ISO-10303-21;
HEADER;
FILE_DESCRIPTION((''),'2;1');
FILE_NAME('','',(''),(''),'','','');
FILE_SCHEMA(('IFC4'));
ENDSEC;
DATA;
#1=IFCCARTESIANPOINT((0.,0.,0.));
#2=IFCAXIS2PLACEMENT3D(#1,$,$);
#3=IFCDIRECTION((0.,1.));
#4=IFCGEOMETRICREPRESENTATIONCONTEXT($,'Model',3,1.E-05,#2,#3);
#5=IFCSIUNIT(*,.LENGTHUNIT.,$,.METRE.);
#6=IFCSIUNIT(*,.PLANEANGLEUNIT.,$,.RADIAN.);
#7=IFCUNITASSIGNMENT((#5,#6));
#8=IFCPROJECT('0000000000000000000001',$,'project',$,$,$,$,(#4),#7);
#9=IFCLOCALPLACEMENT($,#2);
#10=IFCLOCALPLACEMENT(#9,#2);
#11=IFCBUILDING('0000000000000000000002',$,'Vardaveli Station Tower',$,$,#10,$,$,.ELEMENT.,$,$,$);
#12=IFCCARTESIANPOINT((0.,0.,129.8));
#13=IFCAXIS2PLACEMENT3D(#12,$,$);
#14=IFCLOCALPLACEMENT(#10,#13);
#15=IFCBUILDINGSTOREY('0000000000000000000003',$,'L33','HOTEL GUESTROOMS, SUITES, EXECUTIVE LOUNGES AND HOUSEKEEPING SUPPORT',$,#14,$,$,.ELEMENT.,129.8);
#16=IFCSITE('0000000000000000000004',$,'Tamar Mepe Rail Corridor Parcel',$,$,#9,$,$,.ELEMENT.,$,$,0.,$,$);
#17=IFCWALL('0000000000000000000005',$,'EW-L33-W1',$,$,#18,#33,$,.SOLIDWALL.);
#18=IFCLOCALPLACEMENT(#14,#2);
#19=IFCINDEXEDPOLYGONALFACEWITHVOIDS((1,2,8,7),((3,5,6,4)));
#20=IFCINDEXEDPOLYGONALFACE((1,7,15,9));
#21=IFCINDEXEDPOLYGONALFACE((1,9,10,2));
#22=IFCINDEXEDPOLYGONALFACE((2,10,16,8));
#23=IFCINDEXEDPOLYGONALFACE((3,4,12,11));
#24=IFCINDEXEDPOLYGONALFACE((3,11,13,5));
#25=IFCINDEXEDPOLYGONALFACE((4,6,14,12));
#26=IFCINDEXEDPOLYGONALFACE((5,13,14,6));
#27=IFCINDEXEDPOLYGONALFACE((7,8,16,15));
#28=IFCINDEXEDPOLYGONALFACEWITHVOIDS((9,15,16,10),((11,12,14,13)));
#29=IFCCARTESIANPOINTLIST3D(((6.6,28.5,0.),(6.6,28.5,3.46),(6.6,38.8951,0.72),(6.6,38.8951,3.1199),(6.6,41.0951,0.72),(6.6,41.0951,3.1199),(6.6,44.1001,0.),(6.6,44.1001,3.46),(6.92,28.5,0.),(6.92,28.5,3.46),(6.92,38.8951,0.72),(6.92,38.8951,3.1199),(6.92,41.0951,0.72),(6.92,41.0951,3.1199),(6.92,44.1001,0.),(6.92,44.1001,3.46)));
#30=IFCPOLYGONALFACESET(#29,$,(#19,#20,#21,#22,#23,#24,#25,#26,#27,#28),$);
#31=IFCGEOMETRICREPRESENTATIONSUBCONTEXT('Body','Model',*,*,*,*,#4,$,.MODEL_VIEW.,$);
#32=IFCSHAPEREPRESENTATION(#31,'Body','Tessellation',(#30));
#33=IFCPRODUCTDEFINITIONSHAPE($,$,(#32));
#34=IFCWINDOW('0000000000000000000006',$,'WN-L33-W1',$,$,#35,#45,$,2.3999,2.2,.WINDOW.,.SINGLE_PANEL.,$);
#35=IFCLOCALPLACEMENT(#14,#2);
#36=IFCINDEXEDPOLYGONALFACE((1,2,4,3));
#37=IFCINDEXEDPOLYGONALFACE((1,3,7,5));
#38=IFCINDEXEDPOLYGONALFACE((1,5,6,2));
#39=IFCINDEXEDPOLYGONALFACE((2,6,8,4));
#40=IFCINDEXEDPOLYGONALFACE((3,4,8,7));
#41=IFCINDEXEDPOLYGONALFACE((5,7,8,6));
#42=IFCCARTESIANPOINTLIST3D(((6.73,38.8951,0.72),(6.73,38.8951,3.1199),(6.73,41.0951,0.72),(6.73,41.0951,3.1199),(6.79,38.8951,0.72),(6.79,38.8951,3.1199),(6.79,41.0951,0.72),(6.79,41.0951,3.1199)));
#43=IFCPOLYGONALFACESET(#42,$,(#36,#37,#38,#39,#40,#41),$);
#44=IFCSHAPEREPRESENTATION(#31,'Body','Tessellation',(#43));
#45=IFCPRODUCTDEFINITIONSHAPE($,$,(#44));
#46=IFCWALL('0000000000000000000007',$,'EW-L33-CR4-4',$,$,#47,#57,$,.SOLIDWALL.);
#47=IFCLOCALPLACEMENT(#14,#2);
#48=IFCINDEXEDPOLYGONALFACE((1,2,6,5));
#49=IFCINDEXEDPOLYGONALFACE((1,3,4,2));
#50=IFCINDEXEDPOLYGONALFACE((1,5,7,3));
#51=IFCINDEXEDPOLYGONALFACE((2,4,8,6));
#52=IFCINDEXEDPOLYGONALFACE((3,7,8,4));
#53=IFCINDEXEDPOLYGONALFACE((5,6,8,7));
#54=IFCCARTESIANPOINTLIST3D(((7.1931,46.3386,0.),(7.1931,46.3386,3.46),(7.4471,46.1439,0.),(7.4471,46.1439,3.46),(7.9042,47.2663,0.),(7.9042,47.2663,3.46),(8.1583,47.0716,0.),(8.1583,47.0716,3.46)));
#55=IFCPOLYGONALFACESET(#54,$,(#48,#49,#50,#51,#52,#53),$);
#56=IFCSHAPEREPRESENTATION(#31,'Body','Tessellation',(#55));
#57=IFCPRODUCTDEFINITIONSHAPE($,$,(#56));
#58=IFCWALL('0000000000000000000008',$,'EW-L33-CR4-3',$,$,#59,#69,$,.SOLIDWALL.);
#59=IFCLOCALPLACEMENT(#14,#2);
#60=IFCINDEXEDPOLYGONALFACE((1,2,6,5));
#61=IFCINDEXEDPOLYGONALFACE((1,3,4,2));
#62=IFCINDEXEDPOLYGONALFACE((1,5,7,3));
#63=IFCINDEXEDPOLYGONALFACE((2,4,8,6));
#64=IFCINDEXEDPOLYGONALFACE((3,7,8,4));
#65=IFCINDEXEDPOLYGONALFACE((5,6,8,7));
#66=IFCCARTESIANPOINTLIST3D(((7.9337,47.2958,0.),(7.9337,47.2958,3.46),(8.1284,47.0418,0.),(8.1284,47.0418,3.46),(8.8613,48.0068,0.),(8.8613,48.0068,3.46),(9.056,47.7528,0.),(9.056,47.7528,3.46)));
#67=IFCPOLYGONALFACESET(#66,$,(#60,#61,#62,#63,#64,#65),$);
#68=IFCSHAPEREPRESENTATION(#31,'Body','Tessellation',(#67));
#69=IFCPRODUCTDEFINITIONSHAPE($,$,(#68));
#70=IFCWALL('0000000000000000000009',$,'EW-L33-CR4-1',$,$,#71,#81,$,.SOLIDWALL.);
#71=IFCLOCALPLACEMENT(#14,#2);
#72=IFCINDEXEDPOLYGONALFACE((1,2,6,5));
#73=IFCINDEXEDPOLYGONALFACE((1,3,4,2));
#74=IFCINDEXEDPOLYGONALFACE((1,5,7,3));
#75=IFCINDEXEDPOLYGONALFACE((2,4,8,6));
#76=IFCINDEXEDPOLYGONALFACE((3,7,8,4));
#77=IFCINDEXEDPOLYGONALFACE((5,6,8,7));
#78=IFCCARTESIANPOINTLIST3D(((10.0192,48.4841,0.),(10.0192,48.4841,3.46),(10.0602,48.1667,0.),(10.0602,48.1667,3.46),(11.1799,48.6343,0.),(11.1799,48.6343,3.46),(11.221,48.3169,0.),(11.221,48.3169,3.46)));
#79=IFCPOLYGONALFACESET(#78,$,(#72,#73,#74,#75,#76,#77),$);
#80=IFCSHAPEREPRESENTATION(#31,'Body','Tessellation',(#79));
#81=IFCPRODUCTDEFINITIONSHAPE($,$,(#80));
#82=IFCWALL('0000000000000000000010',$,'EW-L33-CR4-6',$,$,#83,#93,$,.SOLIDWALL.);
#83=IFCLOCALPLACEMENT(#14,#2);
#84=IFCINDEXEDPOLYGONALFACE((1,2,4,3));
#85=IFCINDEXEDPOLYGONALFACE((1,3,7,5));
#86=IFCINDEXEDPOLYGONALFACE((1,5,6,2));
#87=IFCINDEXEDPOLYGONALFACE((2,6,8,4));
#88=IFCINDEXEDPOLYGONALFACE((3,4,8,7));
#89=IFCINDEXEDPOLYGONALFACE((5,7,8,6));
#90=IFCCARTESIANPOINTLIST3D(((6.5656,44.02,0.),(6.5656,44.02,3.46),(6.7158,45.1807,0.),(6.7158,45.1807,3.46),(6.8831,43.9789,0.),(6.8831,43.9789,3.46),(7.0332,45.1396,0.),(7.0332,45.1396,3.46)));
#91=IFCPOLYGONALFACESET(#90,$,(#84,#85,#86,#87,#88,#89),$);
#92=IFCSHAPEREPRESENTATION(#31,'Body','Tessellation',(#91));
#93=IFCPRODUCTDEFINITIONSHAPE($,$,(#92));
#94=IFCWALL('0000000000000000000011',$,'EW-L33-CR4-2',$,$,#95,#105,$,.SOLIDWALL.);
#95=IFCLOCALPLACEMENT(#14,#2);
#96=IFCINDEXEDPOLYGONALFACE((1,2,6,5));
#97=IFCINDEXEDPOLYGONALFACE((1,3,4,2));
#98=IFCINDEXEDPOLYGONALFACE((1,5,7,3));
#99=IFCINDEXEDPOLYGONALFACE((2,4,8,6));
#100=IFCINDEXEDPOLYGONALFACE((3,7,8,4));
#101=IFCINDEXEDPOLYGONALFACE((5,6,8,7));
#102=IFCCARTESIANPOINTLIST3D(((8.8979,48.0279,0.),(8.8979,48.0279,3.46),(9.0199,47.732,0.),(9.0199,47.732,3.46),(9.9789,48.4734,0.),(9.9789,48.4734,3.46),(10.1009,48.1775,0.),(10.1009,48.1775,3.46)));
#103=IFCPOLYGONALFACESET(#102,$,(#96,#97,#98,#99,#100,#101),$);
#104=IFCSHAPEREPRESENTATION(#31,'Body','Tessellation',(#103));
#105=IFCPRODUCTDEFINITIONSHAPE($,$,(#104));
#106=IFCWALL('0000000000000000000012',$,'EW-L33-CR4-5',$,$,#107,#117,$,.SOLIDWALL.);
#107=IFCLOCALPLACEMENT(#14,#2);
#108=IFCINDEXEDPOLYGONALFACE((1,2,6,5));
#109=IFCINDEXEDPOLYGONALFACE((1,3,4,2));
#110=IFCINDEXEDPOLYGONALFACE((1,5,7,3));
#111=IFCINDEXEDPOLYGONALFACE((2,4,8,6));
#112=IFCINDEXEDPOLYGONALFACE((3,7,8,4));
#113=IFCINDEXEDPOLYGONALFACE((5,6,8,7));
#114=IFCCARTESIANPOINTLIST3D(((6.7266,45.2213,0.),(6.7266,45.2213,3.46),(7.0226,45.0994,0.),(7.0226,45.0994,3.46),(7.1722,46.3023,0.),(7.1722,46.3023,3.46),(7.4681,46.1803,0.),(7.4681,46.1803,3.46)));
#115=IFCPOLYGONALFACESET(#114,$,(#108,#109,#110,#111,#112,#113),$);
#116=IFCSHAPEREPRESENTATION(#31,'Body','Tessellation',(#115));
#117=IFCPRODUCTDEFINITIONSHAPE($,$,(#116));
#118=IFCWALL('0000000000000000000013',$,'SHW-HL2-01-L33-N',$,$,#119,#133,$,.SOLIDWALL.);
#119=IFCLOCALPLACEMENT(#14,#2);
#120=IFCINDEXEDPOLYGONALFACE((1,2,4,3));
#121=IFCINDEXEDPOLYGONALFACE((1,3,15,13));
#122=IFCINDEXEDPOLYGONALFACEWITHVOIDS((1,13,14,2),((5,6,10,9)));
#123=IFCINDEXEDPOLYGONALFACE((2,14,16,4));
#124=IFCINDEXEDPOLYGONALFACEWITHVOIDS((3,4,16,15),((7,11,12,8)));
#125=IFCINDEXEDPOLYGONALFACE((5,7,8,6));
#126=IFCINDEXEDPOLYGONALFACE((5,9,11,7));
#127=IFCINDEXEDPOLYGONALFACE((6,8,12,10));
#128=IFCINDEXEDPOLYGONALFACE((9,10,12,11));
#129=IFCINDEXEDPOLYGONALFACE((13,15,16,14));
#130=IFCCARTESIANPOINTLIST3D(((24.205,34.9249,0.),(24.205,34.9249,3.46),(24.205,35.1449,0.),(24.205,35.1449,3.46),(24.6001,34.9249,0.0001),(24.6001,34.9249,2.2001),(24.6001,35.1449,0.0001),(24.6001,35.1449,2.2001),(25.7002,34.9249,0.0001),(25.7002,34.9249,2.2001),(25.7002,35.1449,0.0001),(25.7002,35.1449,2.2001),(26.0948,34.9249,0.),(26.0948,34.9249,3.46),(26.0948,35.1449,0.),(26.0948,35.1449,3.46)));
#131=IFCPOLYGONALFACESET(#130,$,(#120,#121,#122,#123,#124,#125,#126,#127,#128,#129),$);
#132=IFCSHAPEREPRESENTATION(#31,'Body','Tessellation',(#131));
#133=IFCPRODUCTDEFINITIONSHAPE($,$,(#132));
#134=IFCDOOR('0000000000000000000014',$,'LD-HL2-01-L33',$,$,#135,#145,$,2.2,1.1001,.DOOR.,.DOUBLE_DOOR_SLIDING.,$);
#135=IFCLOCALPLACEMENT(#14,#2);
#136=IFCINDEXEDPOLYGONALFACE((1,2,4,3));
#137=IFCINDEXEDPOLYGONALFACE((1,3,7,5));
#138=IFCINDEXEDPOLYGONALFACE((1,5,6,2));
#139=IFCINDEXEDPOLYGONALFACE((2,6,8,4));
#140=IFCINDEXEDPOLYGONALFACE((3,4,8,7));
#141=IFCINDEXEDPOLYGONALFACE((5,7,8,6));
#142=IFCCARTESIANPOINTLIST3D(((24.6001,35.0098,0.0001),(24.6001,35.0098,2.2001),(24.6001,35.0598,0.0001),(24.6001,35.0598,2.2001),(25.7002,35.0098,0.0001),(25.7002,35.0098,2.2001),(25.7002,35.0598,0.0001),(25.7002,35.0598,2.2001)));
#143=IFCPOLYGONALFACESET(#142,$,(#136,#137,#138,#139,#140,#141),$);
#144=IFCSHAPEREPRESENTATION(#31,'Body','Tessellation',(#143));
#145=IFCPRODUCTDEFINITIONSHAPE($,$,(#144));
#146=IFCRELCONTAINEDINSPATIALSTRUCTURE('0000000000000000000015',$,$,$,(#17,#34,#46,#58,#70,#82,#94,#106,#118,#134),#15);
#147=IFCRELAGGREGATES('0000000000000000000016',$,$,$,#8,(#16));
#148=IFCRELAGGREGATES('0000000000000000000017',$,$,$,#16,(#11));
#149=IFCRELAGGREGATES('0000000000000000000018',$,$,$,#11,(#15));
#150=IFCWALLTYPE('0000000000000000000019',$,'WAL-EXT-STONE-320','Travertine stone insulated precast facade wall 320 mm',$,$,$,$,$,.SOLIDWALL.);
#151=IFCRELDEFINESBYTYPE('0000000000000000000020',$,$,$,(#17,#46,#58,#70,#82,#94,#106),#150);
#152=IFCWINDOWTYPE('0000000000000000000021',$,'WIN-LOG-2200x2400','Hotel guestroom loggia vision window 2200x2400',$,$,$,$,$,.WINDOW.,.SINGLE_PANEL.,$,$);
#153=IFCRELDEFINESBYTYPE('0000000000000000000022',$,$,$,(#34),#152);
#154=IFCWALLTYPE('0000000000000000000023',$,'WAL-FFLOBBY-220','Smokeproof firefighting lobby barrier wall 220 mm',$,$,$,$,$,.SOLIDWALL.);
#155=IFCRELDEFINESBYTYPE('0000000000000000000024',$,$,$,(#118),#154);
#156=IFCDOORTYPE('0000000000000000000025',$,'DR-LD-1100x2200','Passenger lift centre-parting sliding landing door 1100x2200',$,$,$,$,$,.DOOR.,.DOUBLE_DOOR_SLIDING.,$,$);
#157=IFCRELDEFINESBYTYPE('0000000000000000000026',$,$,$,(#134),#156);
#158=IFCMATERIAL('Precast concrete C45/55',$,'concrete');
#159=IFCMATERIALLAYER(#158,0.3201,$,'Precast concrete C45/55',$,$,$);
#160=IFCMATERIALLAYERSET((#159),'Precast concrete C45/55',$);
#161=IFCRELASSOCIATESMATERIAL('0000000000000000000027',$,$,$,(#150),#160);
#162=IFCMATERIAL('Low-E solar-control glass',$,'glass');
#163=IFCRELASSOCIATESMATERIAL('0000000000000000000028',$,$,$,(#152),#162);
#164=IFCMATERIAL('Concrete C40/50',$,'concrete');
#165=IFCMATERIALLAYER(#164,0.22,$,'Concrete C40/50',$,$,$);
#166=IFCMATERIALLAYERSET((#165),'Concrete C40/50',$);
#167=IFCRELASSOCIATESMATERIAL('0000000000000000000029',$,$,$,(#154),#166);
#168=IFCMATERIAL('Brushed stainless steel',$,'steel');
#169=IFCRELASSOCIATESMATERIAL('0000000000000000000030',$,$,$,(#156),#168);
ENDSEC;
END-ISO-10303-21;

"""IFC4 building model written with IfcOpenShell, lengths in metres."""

from ifc_helpers import new_model, si_unit, direction, frame, frame_2d, origin, place, context, subcontext, project, spatial, rectangle, extrude, source, transform, mapped, material, layer, layer_set, type_object, element, fill, save


model = new_model("IFC4")

# Units and contexts
model_context = context("Model", 3, precision=1e-05, world=origin(), true_north=direction((0.0, 1.0)))
body_context = subcontext(model_context, "Body", "Model", "MODEL_VIEW")
ifc_project = project(units=[si_unit("LENGTHUNIT", "METRE"), si_unit("PLANEANGLEUNIT", "RADIAN")], contexts=[model_context])

# Site, building, storey
site_placement = place(None, origin())
site = spatial("IfcSite", under=ifc_project, at=site_placement, Name="Tamar Mepe Rail Corridor Parcel", CompositionType="ELEMENT", RefElevation=0.0)
building_placement = place(site_placement, origin())
building = spatial("IfcBuilding", under=site, at=building_placement, Name="Vardaveli Station Tower", CompositionType="ELEMENT")
storey_placement = place(building_placement, frame((0.0, 0.0, 129.8)))
storey = spatial("IfcBuildingStorey", under=building, at=storey_placement, Name="L33", Description="HOTEL GUESTROOMS, SUITES, EXECUTIVE LOUNGES AND HOUSEKEEPING SUPPORT", CompositionType="ELEMENT", Elevation=129.8)

# Shared definitions
ifc_material_1 = material(Name="Precast concrete C45/55", Category="concrete")

# Wall, opening, window
ifc_layer_1 = layer(ifc_material_1, 0.3201, Name="Precast concrete C45/55")
ifc_layer_set_1 = layer_set([ifc_layer_1], Name="Precast concrete C45/55")
wall_type_1 = type_object("IfcWallType", Name="WAL-EXT-STONE-320", Description="Travertine stone insulated precast facade wall 320 mm", PredefinedType="SOLIDWALL", material=ifc_layer_set_1)
shared_shape_1 = source(origin(), body_context, "Body", "SweptSolid", [
    extrude(rectangle(XDim=15.6001, YDim=0.3201, at=frame_2d((7.8, 0.0))), origin(), (0.0, 0.0, 1.0), 3.46),
])
wall_1_placement = place(storey_placement, frame((6.76, 44.1001, 0.0), z_axis=(0.0, 0.0, 1.0), x_axis=(0.0, -1.0, 0.0)))
wall_1 = element("IfcWall", 1, at=wall_1_placement, inside=storey, type_object=wall_type_1, Name="EW-L33-W1", PredefinedType="SOLIDWALL", context=body_context, shape_type="MappedRepresentation", body=[
    mapped(shared_shape_1, transform((0.0, 0.0, 0.0), scale=1.0)),
])
shared_shape_2 = source(origin(), body_context, "Body", "SweptSolid", [
    extrude(rectangle(XDim=2.2, YDim=2.3999, at=frame_2d((1.1001, 1.2))), frame((0.0, 0.1699, 0.0), z_axis=(0.0, -1.0, 0.0), x_axis=(1.0, 0.0, 0.0)), (0.0, 0.0, 1.0), 0.3401),
])
opening_1_placement = place(wall_1_placement, frame((3.0049, 0.0, 0.72)))
opening_1 = element("IfcOpeningElement", 2, at=opening_1_placement, cuts=wall_1, PredefinedType="OPENING", context=body_context, shape_type="MappedRepresentation", body=[
    mapped(shared_shape_2, transform((0.0, 0.0, 0.0), scale=1.0)),
])
ifc_material_2 = material(Name="Low-E solar-control glass", Category="glass")
window_type = type_object("IfcWindowType", Name="WIN-LOG-2200x2400", Description="Hotel guestroom loggia vision window 2200x2400", PartitioningType="SINGLE_PANEL", PredefinedType="WINDOW", material=ifc_material_2)
shared_shape_3 = source(origin(), body_context, "Body", "SweptSolid", [
    extrude(rectangle(XDim=2.2, YDim=2.3999, at=frame_2d((1.1001, 1.2))), frame((0.0, 0.03, 0.0), z_axis=(0.0, -1.0, 0.0), x_axis=(1.0, 0.0, 0.0)), (0.0, 0.0, 1.0), 0.0601),
])
window_placement = place(opening_1_placement, origin())
window = element("IfcWindow", 3, at=window_placement, inside=storey, type_object=window_type, Name="WN-L33-W1", OverallHeight=2.3999, OverallWidth=2.2, PartitioningType="SINGLE_PANEL", PredefinedType="WINDOW", context=body_context, shape_type="MappedRepresentation", body=[
    mapped(shared_shape_3, transform((0.0, 0.0, 0.0), scale=1.0)),
])
fill(opening_1, window)

# Walls
shared_shape_4 = source(origin(), body_context, "Body", "SweptSolid", [
    extrude(rectangle(XDim=1.1689, YDim=0.3201, at=frame_2d((0.5845, 0.0))), origin(), (0.0, 0.0, 1.0), 3.46),
])
wall_2_placement = place(storey_placement, frame((8.0312, 47.1689, 0.0), z_axis=(0.0, 0.0, 1.0), x_axis=(-0.608388, -0.79364, 0.0)))
element("IfcWall", 4, at=wall_2_placement, inside=storey, type_object=wall_type_1, Name="EW-L33-CR4-4", PredefinedType="SOLIDWALL", context=body_context, shape_type="MappedRepresentation", body=[
    mapped(shared_shape_4, transform((0.0, 0.0, 0.0), scale=1.0)),
])
shared_shape_5 = source(origin(), body_context, "Body", "SweptSolid", [
    extrude(rectangle(XDim=1.1687, YDim=0.3201, at=frame_2d((0.5845, 0.0))), origin(), (0.0, 0.0, 1.0), 3.46),
])
wall_3_placement = place(storey_placement, frame((8.9587, 47.8799, 0.0), z_axis=(0.0, 0.0, 1.0), x_axis=(-0.793664, -0.608357, 0.0)))
element("IfcWall", 5, at=wall_3_placement, inside=storey, type_object=wall_type_1, Name="EW-L33-CR4-3", PredefinedType="SOLIDWALL", context=body_context, shape_type="MappedRepresentation", body=[
    mapped(shared_shape_5, transform((0.0, 0.0, 0.0), scale=1.0)),
])
shared_shape_6 = source(origin(), body_context, "Body", "SweptSolid", [
    extrude(rectangle(XDim=1.1704, YDim=0.3201, at=frame_2d((0.5852, 0.0))), origin(), (0.0, 0.0, 1.0), 3.46),
])
for number, where, z_axis, x_axis, name in (
    (6, (11.2004, 48.4756, 0.0), (0.0, 0.0, 1.0), (-0.991736, -0.128296, 0.0), "EW-L33-CR4-1"),
    (7, (6.8745, 45.1602, 0.0), (0.0, 0.0, 1.0), (-0.128296, -0.991736, 0.0), "EW-L33-CR4-6"),
):
    element("IfcWall", number, at=place(storey_placement, frame(where, z_axis=z_axis, x_axis=x_axis)), inside=storey, type_object=wall_type_1, Name=name, PredefinedType="SOLIDWALL", context=body_context, shape_type="MappedRepresentation", body=[
        mapped(shared_shape_6, transform((0.0, 0.0, 0.0), scale=1.0)),
    ])
shared_shape_7 = source(origin(), body_context, "Body", "SweptSolid", [
    extrude(rectangle(XDim=1.1692, YDim=0.3201, at=frame_2d((0.5845, 0.0))), origin(), (0.0, 0.0, 1.0), 3.46),
])
for number, where, z_axis, x_axis, name in (
    (8, (10.0398, 48.3254, 0.0), (0.0, 0.0, 1.0), (-0.924553, -0.381054, 0.0), "EW-L33-CR4-2"),
    (9, (7.3201, 46.2412, 0.0), (0.0, 0.0, 1.0), (-0.381054, -0.924553, 0.0), "EW-L33-CR4-5"),
):
    element("IfcWall", number, at=place(storey_placement, frame(where, z_axis=z_axis, x_axis=x_axis)), inside=storey, type_object=wall_type_1, Name=name, PredefinedType="SOLIDWALL", context=body_context, shape_type="MappedRepresentation", body=[
        mapped(shared_shape_7, transform((0.0, 0.0, 0.0), scale=1.0)),
    ])

# Wall, opening, door
ifc_material_3 = material(Name="Concrete C40/50", Category="concrete")
ifc_layer_2 = layer(ifc_material_3, 0.22, Name="Concrete C40/50")
ifc_layer_set_2 = layer_set([ifc_layer_2], Name="Concrete C40/50")
wall_type_2 = type_object("IfcWallType", Name="WAL-FFLOBBY-220", Description="Smokeproof firefighting lobby barrier wall 220 mm", PredefinedType="SOLIDWALL", material=ifc_layer_set_2)
shared_shape_8 = source(origin(), body_context, "Body", "SweptSolid", [
    extrude(rectangle(XDim=1.8899, YDim=0.22, at=frame_2d((0.9448, 0.0))), origin(), (0.0, 0.0, 1.0), 3.46),
])
wall_4_placement = place(storey_placement, frame((24.2051, 35.0349, 0.0), z_axis=(0.0, 0.0, 1.0), x_axis=(1.0, 0.0, 0.0)))
wall_4 = element("IfcWall", 10, at=wall_4_placement, inside=storey, type_object=wall_type_2, Name="SHW-HL2-01-L33-N", PredefinedType="SOLIDWALL", context=body_context, shape_type="MappedRepresentation", body=[
    mapped(shared_shape_8, transform((0.0, 0.0, 0.0), scale=1.0)),
])
shared_shape_9 = source(origin(), body_context, "Body", "SweptSolid", [
    extrude(rectangle(XDim=1.1001, YDim=2.2, at=frame_2d((0.55, 1.1001))), frame((0.0, 0.1201, 0.0), z_axis=(0.0, -1.0, 0.0), x_axis=(1.0, 0.0, 0.0)), (0.0, 0.0, 1.0), 0.24),
])
opening_2_placement = place(wall_4_placement, frame((0.395, 0.0, 0.0)))
opening_2 = element("IfcOpeningElement", 11, at=opening_2_placement, cuts=wall_4, PredefinedType="OPENING", context=body_context, shape_type="MappedRepresentation", body=[
    mapped(shared_shape_9, transform((0.0, 0.0, 0.0), scale=1.0)),
])
ifc_material_4 = material(Name="Brushed stainless steel", Category="steel")
door_type_1 = type_object("IfcDoorType", Name="DR-LD-1100x2200", Description="Passenger lift centre-parting sliding landing door 1100x2200", OperationType="DOUBLE_DOOR_SLIDING", PredefinedType="DOOR", material=ifc_material_4)
shared_shape_10 = source(origin(), body_context, "Body", "SweptSolid", [
    extrude(rectangle(XDim=1.1001, YDim=2.2, at=frame_2d((0.55, 1.1001))), frame((0.0, 0.0249, 0.0), z_axis=(0.0, -1.0, 0.0), x_axis=(1.0, 0.0, 0.0)), (0.0, 0.0, 1.0), 0.05),
])
door_1_placement = place(opening_2_placement, origin())
door_1 = element("IfcDoor", 12, at=door_1_placement, inside=storey, type_object=door_type_1, Name="LD-HL2-01-L33", OperationType="DOUBLE_DOOR_SLIDING", OverallHeight=2.2, OverallWidth=1.1001, PredefinedType="DOOR", context=body_context, shape_type="MappedRepresentation", body=[
    mapped(shared_shape_10, transform((0.0, 0.0, 0.0), scale=1.0)),
])
fill(opening_2, door_1)

save(model, "model.ifc")
